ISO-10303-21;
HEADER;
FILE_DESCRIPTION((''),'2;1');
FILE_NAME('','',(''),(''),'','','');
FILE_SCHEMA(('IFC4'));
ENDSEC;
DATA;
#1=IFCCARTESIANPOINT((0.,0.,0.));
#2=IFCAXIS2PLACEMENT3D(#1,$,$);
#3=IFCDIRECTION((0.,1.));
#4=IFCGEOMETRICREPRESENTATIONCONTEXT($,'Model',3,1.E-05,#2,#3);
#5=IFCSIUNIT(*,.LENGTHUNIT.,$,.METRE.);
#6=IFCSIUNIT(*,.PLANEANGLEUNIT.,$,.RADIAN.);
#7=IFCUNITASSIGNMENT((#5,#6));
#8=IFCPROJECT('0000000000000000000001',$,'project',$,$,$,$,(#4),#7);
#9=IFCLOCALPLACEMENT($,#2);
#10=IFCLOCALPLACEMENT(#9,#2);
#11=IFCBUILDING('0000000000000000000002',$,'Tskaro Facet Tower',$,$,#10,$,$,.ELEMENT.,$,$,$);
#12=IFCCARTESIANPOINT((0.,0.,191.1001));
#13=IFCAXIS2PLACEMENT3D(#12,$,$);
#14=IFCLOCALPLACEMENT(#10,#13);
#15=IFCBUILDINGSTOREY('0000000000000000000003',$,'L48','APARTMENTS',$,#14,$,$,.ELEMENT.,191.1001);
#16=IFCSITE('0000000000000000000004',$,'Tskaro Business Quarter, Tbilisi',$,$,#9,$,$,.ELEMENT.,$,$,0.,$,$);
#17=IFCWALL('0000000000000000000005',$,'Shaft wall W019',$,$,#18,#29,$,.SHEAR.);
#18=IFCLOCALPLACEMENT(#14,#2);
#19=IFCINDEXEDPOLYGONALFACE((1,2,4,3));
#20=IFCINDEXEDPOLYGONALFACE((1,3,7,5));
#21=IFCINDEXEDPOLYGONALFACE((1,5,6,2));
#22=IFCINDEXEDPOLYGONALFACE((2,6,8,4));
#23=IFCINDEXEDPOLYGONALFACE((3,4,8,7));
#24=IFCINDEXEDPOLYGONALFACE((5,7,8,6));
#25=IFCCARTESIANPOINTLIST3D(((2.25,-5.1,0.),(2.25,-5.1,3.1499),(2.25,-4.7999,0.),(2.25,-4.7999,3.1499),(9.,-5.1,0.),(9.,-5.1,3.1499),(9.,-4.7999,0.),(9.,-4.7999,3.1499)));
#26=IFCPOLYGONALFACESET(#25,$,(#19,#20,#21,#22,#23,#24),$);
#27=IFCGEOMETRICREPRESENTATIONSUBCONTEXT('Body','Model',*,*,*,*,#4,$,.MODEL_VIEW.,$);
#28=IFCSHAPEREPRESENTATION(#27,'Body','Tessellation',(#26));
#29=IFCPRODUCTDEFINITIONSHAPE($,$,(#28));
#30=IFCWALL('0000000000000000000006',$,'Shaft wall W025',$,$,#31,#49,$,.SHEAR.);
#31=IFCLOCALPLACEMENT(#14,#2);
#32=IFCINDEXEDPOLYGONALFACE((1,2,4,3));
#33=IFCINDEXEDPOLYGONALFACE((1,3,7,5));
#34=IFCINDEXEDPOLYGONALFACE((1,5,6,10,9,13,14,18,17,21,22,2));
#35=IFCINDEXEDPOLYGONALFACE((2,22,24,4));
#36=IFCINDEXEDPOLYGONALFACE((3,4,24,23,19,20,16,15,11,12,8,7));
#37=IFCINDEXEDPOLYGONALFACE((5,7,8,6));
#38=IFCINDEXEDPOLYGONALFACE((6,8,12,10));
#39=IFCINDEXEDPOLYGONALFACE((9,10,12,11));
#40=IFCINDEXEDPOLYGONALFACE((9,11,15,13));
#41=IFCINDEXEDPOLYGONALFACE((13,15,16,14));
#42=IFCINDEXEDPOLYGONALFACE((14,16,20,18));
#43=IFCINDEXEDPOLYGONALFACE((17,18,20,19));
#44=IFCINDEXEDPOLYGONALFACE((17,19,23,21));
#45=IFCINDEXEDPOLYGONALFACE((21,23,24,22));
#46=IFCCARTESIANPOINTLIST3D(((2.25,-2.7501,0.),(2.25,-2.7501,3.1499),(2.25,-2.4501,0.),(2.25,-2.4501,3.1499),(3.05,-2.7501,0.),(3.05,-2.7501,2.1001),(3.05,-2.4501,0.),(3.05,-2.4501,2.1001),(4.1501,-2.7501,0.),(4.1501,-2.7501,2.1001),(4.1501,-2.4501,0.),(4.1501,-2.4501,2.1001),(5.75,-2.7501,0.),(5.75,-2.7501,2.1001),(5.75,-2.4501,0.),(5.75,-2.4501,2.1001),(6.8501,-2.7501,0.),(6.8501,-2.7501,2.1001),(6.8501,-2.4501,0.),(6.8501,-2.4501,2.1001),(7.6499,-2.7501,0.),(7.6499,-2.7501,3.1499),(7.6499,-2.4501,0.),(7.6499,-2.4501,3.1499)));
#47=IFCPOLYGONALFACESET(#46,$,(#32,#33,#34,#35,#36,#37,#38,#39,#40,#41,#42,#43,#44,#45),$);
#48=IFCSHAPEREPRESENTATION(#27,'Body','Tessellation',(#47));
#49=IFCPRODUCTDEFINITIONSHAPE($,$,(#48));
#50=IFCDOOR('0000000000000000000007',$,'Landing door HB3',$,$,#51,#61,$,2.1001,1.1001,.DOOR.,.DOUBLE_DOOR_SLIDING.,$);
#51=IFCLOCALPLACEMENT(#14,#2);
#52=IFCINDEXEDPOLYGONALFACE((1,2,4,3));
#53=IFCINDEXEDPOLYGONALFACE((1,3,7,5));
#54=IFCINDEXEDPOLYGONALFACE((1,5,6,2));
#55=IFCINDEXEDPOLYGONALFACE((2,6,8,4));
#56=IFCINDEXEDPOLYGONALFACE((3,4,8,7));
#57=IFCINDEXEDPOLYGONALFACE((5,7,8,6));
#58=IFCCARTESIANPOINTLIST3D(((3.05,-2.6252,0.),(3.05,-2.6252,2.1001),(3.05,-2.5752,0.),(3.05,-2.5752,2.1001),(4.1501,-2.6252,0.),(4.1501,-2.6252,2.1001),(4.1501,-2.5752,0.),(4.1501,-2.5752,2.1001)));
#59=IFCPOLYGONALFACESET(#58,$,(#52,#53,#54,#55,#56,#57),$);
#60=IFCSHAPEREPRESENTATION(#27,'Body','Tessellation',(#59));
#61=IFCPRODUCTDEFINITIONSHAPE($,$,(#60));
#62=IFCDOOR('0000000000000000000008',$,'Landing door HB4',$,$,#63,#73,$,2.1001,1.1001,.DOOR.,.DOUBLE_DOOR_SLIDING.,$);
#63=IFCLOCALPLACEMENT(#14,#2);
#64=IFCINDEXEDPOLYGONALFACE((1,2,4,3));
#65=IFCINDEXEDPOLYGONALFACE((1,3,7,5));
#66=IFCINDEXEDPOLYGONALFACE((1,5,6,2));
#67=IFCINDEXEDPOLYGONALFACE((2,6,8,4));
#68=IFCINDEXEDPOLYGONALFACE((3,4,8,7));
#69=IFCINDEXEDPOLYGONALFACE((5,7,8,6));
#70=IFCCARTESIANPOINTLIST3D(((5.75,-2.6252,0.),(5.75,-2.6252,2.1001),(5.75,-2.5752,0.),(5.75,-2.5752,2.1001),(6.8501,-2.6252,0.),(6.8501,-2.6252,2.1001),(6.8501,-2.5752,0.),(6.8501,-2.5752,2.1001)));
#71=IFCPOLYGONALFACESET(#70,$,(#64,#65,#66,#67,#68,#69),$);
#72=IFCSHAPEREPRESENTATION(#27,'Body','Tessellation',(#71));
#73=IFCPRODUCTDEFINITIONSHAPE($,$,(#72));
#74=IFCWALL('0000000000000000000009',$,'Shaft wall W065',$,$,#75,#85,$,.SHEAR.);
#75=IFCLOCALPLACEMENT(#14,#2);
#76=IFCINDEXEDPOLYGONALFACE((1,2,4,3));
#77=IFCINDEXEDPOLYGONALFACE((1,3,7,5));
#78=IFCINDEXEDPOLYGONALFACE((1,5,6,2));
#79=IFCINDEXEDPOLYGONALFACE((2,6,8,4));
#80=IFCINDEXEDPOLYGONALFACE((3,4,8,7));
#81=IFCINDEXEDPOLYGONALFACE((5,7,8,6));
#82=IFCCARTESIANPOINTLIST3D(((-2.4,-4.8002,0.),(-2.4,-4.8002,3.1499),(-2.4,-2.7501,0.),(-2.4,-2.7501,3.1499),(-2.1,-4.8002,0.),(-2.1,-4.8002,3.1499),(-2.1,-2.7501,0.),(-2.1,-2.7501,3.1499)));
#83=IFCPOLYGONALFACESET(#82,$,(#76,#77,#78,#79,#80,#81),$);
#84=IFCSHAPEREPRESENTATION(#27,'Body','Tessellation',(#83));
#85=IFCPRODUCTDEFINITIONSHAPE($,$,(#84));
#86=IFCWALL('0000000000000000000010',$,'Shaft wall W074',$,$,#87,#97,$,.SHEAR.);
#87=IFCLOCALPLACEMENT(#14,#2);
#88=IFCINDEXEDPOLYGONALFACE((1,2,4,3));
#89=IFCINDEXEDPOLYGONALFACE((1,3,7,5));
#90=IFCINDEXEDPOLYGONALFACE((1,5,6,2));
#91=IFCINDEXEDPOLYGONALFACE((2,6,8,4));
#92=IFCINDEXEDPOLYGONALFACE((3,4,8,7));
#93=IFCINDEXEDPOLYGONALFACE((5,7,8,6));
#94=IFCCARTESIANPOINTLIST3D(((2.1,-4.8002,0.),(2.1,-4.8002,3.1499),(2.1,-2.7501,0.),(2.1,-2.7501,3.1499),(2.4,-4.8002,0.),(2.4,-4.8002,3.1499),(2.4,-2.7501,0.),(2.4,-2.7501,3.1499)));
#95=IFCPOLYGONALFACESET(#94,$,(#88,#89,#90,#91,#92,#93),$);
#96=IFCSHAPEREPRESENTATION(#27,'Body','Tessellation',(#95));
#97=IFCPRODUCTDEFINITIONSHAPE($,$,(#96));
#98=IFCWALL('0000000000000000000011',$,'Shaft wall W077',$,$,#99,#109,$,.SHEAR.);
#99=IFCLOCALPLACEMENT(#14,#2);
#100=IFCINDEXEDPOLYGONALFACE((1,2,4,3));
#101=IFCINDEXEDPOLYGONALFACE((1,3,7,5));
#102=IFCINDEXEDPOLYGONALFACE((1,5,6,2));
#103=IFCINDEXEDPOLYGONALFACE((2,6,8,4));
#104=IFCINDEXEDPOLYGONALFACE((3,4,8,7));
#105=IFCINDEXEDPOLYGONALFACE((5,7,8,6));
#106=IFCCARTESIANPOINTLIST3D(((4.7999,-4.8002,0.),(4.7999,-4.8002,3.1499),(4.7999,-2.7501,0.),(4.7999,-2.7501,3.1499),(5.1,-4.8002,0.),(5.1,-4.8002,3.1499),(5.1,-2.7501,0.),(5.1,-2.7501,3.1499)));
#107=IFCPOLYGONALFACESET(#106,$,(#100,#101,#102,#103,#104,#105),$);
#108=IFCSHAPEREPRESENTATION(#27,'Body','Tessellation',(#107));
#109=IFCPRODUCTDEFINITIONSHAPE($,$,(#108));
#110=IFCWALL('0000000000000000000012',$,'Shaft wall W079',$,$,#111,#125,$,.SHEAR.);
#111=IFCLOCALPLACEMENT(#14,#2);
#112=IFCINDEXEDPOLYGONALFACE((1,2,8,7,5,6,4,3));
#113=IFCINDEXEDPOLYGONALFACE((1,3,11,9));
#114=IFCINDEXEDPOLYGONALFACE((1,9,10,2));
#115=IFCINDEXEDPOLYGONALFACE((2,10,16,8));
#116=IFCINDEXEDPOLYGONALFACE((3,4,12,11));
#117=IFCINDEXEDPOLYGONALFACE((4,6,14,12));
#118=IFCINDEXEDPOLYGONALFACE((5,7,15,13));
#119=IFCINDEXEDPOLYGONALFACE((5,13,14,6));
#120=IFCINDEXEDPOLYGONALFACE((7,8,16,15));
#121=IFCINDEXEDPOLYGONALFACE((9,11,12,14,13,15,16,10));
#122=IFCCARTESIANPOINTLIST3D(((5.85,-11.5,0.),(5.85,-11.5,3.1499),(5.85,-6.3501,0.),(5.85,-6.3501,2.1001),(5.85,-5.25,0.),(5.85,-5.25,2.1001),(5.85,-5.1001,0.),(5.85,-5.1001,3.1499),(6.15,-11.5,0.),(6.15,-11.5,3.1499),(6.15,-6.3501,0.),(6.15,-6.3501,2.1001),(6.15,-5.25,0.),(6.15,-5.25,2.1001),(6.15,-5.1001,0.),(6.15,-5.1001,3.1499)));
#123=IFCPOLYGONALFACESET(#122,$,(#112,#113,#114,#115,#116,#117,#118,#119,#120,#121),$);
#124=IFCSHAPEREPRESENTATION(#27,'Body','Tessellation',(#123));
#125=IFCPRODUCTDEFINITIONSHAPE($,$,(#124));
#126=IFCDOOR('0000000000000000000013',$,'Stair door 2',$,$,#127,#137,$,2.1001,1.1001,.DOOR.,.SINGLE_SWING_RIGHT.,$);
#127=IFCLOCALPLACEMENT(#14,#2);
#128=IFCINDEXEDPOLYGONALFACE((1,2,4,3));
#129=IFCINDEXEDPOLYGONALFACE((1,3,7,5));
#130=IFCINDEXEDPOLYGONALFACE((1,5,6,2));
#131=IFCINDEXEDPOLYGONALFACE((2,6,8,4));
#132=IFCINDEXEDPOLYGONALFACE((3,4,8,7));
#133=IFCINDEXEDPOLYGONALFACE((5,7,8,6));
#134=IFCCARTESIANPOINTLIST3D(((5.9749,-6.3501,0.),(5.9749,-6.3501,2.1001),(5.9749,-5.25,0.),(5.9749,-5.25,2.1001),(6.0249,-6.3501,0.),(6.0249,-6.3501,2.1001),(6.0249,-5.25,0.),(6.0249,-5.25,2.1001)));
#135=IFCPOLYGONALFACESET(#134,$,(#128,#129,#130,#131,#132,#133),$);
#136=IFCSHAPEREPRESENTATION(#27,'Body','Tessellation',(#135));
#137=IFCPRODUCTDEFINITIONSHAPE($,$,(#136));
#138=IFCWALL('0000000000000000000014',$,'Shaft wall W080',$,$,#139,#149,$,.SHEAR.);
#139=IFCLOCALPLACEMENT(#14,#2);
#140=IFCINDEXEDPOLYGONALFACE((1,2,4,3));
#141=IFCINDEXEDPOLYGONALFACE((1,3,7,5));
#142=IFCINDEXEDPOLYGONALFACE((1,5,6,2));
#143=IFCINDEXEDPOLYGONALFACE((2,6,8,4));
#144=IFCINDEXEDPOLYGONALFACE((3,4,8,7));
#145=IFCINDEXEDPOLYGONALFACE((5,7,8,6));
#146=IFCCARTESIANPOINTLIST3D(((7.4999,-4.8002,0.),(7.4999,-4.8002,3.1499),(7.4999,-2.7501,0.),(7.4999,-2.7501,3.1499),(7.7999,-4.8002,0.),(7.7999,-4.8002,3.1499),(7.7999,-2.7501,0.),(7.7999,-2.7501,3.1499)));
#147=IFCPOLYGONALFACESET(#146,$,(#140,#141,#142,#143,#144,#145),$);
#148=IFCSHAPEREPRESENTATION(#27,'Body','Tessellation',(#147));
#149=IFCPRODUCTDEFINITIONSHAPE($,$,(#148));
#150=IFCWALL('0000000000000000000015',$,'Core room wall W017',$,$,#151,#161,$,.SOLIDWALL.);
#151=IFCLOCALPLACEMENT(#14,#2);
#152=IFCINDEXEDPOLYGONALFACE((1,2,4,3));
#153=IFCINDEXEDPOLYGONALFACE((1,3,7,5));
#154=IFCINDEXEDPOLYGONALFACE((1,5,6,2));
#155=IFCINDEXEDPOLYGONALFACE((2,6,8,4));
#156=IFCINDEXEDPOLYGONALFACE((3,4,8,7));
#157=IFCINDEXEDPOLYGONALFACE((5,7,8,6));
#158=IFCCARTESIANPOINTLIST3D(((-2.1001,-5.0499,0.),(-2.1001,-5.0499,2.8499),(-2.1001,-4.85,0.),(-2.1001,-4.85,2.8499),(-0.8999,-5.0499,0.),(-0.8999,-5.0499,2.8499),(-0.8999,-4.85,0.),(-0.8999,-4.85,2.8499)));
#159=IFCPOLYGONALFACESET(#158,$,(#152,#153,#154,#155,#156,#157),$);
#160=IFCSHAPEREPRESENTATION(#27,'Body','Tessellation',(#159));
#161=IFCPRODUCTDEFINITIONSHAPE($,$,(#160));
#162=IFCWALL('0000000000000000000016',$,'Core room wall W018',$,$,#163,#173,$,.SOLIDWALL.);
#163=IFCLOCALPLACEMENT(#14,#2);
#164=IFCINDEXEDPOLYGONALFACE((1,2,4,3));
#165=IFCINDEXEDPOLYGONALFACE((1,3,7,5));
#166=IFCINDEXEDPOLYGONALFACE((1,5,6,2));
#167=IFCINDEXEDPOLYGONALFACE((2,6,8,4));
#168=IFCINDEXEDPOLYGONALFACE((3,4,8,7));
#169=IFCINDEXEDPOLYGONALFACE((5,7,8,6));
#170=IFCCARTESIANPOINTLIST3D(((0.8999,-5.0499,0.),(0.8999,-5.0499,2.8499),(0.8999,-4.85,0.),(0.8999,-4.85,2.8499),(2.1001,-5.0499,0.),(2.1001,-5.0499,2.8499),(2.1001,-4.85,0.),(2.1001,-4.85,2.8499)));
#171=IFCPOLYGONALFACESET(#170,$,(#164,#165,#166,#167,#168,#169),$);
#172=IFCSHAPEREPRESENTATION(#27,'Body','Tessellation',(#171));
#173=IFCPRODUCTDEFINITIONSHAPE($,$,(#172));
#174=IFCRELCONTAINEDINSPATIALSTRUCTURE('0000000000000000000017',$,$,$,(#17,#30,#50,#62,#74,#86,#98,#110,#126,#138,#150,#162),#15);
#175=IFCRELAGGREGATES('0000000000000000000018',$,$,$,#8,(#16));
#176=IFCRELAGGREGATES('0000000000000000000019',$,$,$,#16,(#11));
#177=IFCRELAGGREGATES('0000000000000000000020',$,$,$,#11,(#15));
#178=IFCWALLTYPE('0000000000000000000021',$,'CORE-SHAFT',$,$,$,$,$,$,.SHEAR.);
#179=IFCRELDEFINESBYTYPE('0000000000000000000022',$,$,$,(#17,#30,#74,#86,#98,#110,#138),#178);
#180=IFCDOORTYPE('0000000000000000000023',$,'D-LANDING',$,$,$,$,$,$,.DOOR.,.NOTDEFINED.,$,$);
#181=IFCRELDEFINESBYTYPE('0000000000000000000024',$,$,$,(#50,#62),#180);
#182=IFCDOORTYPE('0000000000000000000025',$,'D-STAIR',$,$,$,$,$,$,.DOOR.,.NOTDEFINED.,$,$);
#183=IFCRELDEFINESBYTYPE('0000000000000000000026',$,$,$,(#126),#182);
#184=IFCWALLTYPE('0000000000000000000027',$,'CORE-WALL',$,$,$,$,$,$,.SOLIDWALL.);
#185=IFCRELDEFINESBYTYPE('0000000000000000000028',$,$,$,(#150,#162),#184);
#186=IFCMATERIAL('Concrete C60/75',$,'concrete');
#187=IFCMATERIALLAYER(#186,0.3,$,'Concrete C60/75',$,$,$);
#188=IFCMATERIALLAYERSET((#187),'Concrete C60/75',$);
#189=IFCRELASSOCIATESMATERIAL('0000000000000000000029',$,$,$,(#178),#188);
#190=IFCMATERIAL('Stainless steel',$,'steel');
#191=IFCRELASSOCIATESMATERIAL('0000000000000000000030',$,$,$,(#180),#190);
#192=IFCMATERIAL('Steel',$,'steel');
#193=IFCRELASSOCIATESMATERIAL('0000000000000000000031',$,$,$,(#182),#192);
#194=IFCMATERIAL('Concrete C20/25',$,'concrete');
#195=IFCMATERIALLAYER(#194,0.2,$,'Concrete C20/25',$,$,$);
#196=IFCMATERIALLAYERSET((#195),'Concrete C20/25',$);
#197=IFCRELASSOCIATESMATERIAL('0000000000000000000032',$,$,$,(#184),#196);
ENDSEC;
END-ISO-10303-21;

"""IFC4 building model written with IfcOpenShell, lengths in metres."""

from ifc_helpers import new_model, si_unit, direction, frame, frame_2d, origin, place, context, subcontext, project, spatial, rectangle, extrude, material, layer, layer_set, type_object, element, fill, save


model = new_model("IFC4")

# Units and contexts
model_context = context("Model", 3, precision=1e-05, world=origin(), true_north=direction((0.0, 1.0)))
body_context = subcontext(model_context, "Body", "Model", "MODEL_VIEW")
ifc_project = project(units=[si_unit("LENGTHUNIT", "METRE"), si_unit("PLANEANGLEUNIT", "RADIAN")], contexts=[model_context])

# Site, building, storey
site_placement = place(None, origin())
site = spatial("IfcSite", under=ifc_project, at=site_placement, Name="Tskaro Business Quarter, Tbilisi", CompositionType="ELEMENT", RefElevation=0.0)
building_placement = place(site_placement, origin())
building = spatial("IfcBuilding", under=site, at=building_placement, Name="Tskaro Facet Tower", CompositionType="ELEMENT")
storey_placement = place(building_placement, frame((0.0, 0.0, 191.1001)))
storey = spatial("IfcBuildingStorey", under=building, at=storey_placement, Name="L48", Description="APARTMENTS", CompositionType="ELEMENT", Elevation=191.1001)

# Wall
ifc_material_1 = material(Name="Concrete C60/75", Category="concrete")
ifc_layer_1 = layer(ifc_material_1, 0.3, Name="Concrete C60/75")
ifc_layer_set_1 = layer_set([ifc_layer_1], Name="Concrete C60/75")
wall_type_1 = type_object("IfcWallType", Name="CORE-SHAFT", PredefinedType="SHEAR", material=ifc_layer_set_1)
wall_1_placement = place(storey_placement, frame((2.25, -4.95, 0.0), z_axis=(0.0, 0.0, 1.0), x_axis=(1.0, 0.0, 0.0)))
element("IfcWall", 1, at=wall_1_placement, inside=storey, type_object=wall_type_1, Name="Shaft wall W019", PredefinedType="SHEAR", context=body_context, shape_type="SweptSolid", body=[
    extrude(rectangle(XDim=6.75, YDim=0.3, at=frame_2d((3.375, 0.0))), origin(), (0.0, 0.0, 1.0), 3.1499),
])

# Wall, openings, doors
wall_2_placement = place(storey_placement, frame((2.25, -2.6001, 0.0), z_axis=(0.0, 0.0, 1.0), x_axis=(1.0, 0.0, 0.0)))
wall_2 = element("IfcWall", 2, at=wall_2_placement, inside=storey, type_object=wall_type_1, Name="Shaft wall W025", PredefinedType="SHEAR", context=body_context, shape_type="SweptSolid", body=[
    extrude(rectangle(XDim=5.3999, YDim=0.3, at=frame_2d((2.7, 0.0))), origin(), (0.0, 0.0, 1.0), 3.1499),
])
opening_1_placement = place(wall_2_placement, frame((0.8, 0.0, 0.0)))
opening_1 = element("IfcOpeningElement", 3, at=opening_1_placement, cuts=wall_2, PredefinedType="OPENING", context=body_context, shape_type="SweptSolid", body=[
    extrude(rectangle(XDim=1.1001, YDim=2.1001, at=frame_2d((0.55, 1.05))), frame((0.0, 0.1599, 0.0), z_axis=(0.0, -1.0, 0.0), x_axis=(1.0, 0.0, 0.0)), (0.0, 0.0, 1.0), 0.3201),
])
opening_2_placement = place(wall_2_placement, frame((3.5, 0.0, 0.0)))
opening_2 = element("IfcOpeningElement", 4, at=opening_2_placement, cuts=wall_2, PredefinedType="OPENING", context=body_context, shape_type="SweptSolid", body=[
    extrude(rectangle(XDim=1.1001, YDim=2.1001, at=frame_2d((0.55, 1.05))), frame((0.0, 0.1599, 0.0), z_axis=(0.0, -1.0, 0.0), x_axis=(1.0, 0.0, 0.0)), (0.0, 0.0, 1.0), 0.3201),
])
ifc_material_2 = material(Name="Stainless steel", Category="steel")
door_type_1 = type_object("IfcDoorType", Name="D-LANDING", OperationType="NOTDEFINED", PredefinedType="DOOR", material=ifc_material_2)
door_1_placement = place(opening_1_placement, origin())
door_1 = element("IfcDoor", 5, at=door_1_placement, inside=storey, type_object=door_type_1, Name="Landing door HB3", OperationType="DOUBLE_DOOR_SLIDING", OverallHeight=2.1001, OverallWidth=1.1001, PredefinedType="DOOR", context=body_context, shape_type="SweptSolid", body=[
    extrude(rectangle(XDim=1.1001, YDim=2.1001, at=frame_2d((0.55, 1.05))), frame((0.0, 0.0249, 0.0), z_axis=(0.0, -1.0, 0.0), x_axis=(1.0, 0.0, 0.0)), (0.0, 0.0, 1.0), 0.05),
])
fill(opening_1, door_1)
door_2_placement = place(opening_2_placement, origin())
door_2 = element("IfcDoor", 6, at=door_2_placement, inside=storey, type_object=door_type_1, Name="Landing door HB4", OperationType="DOUBLE_DOOR_SLIDING", OverallHeight=2.1001, OverallWidth=1.1001, PredefinedType="DOOR", context=body_context, shape_type="SweptSolid", body=[
    extrude(rectangle(XDim=1.1001, YDim=2.1001, at=frame_2d((0.55, 1.05))), frame((0.0, 0.0249, 0.0), z_axis=(0.0, -1.0, 0.0), x_axis=(1.0, 0.0, 0.0)), (0.0, 0.0, 1.0), 0.05),
])
fill(opening_2, door_2)

# Walls
for number, where, z_axis, x_axis, name in (
    (7, (-2.25, -4.8, 0.0), (0.0, 0.0, 1.0), (0.0, 1.0, 0.0), "Shaft wall W065"),
    (8, (2.25, -4.8, 0.0), (0.0, 0.0, 1.0), (0.0, 1.0, 0.0), "Shaft wall W074"),
    (9, (4.95, -4.8, 0.0), (0.0, 0.0, 1.0), (0.0, 1.0, 0.0), "Shaft wall W077"),
):
    element("IfcWall", number, at=place(storey_placement, frame(where, z_axis=z_axis, x_axis=x_axis)), inside=storey, type_object=wall_type_1, Name=name, PredefinedType="SHEAR", context=body_context, shape_type="SweptSolid", body=[
        extrude(rectangle(XDim=2.05, YDim=0.3, at=frame_2d((1.0249, 0.0))), origin(), (0.0, 0.0, 1.0), 3.1499),
    ])

# Wall, opening, door
wall_3_placement = place(storey_placement, frame((6.0, -5.1001, 0.0), z_axis=(0.0, 0.0, 1.0), x_axis=(0.0, -1.0, 0.0)))
wall_3 = element("IfcWall", 10, at=wall_3_placement, inside=storey, type_object=wall_type_1, Name="Shaft wall W079", PredefinedType="SHEAR", context=body_context, shape_type="SweptSolid", body=[
    extrude(rectangle(XDim=6.3999, YDim=0.3, at=frame_2d((3.2, 0.0))), origin(), (0.0, 0.0, 1.0), 3.1499),
])
opening_3_placement = place(wall_3_placement, frame((0.1499, 0.0, 0.0)))
opening_3 = element("IfcOpeningElement", 11, at=opening_3_placement, cuts=wall_3, PredefinedType="OPENING", context=body_context, shape_type="SweptSolid", body=[
    extrude(rectangle(XDim=1.1001, YDim=2.1001, at=frame_2d((0.55, 1.05))), frame((0.0, 0.1599, 0.0), z_axis=(0.0, -1.0, 0.0), x_axis=(1.0, 0.0, 0.0)), (0.0, 0.0, 1.0), 0.3201),
])
ifc_material_3 = material(Name="Steel", Category="steel")
door_type_2 = type_object("IfcDoorType", Name="D-STAIR", OperationType="NOTDEFINED", PredefinedType="DOOR", material=ifc_material_3)
door_3_placement = place(opening_3_placement, origin())
door_3 = element("IfcDoor", 12, at=door_3_placement, inside=storey, type_object=door_type_2, Name="Stair door 2", OperationType="SINGLE_SWING_RIGHT", OverallHeight=2.1001, OverallWidth=1.1001, PredefinedType="DOOR", context=body_context, shape_type="SweptSolid", body=[
    extrude(rectangle(XDim=1.1001, YDim=2.1001, at=frame_2d((0.55, 1.05))), frame((0.0, 0.0249, 0.0), z_axis=(0.0, -1.0, 0.0), x_axis=(1.0, 0.0, 0.0)), (0.0, 0.0, 1.0), 0.05),
])
fill(opening_3, door_3)

# Walls
wall_4_placement = place(storey_placement, frame((7.6499, -4.8, 0.0), z_axis=(0.0, 0.0, 1.0), x_axis=(0.0, 1.0, 0.0)))
element("IfcWall", 13, at=wall_4_placement, inside=storey, type_object=wall_type_1, Name="Shaft wall W080", PredefinedType="SHEAR", context=body_context, shape_type="SweptSolid", body=[
    extrude(rectangle(XDim=2.05, YDim=0.3, at=frame_2d((1.0249, 0.0))), origin(), (0.0, 0.0, 1.0), 3.1499),
])
ifc_material_4 = material(Name="Concrete C20/25", Category="concrete")
ifc_layer_2 = layer(ifc_material_4, 0.2, Name="Concrete C20/25")
ifc_layer_set_2 = layer_set([ifc_layer_2], Name="Concrete C20/25")
wall_type_2 = type_object("IfcWallType", Name="CORE-WALL", PredefinedType="SOLIDWALL", material=ifc_layer_set_2)
for number, where, z_axis, x_axis, name in (
    (14, (-2.1001, -4.95, 0.0), (0.0, 0.0, 1.0), (1.0, 0.0, 0.0), "Core room wall W017"),
    (15, (0.8999, -4.95, 0.0), (0.0, 0.0, 1.0), (1.0, 0.0, 0.0), "Core room wall W018"),
):
    element("IfcWall", number, at=place(storey_placement, frame(where, z_axis=z_axis, x_axis=x_axis)), inside=storey, type_object=wall_type_2, Name=name, PredefinedType="SOLIDWALL", context=body_context, shape_type="SweptSolid", body=[
        extrude(rectangle(XDim=1.2002, YDim=0.2, at=frame_2d((0.6001, 0.0))), origin(), (0.0, 0.0, 1.0), 2.8499),
    ])

save(model, "model.ifc")
